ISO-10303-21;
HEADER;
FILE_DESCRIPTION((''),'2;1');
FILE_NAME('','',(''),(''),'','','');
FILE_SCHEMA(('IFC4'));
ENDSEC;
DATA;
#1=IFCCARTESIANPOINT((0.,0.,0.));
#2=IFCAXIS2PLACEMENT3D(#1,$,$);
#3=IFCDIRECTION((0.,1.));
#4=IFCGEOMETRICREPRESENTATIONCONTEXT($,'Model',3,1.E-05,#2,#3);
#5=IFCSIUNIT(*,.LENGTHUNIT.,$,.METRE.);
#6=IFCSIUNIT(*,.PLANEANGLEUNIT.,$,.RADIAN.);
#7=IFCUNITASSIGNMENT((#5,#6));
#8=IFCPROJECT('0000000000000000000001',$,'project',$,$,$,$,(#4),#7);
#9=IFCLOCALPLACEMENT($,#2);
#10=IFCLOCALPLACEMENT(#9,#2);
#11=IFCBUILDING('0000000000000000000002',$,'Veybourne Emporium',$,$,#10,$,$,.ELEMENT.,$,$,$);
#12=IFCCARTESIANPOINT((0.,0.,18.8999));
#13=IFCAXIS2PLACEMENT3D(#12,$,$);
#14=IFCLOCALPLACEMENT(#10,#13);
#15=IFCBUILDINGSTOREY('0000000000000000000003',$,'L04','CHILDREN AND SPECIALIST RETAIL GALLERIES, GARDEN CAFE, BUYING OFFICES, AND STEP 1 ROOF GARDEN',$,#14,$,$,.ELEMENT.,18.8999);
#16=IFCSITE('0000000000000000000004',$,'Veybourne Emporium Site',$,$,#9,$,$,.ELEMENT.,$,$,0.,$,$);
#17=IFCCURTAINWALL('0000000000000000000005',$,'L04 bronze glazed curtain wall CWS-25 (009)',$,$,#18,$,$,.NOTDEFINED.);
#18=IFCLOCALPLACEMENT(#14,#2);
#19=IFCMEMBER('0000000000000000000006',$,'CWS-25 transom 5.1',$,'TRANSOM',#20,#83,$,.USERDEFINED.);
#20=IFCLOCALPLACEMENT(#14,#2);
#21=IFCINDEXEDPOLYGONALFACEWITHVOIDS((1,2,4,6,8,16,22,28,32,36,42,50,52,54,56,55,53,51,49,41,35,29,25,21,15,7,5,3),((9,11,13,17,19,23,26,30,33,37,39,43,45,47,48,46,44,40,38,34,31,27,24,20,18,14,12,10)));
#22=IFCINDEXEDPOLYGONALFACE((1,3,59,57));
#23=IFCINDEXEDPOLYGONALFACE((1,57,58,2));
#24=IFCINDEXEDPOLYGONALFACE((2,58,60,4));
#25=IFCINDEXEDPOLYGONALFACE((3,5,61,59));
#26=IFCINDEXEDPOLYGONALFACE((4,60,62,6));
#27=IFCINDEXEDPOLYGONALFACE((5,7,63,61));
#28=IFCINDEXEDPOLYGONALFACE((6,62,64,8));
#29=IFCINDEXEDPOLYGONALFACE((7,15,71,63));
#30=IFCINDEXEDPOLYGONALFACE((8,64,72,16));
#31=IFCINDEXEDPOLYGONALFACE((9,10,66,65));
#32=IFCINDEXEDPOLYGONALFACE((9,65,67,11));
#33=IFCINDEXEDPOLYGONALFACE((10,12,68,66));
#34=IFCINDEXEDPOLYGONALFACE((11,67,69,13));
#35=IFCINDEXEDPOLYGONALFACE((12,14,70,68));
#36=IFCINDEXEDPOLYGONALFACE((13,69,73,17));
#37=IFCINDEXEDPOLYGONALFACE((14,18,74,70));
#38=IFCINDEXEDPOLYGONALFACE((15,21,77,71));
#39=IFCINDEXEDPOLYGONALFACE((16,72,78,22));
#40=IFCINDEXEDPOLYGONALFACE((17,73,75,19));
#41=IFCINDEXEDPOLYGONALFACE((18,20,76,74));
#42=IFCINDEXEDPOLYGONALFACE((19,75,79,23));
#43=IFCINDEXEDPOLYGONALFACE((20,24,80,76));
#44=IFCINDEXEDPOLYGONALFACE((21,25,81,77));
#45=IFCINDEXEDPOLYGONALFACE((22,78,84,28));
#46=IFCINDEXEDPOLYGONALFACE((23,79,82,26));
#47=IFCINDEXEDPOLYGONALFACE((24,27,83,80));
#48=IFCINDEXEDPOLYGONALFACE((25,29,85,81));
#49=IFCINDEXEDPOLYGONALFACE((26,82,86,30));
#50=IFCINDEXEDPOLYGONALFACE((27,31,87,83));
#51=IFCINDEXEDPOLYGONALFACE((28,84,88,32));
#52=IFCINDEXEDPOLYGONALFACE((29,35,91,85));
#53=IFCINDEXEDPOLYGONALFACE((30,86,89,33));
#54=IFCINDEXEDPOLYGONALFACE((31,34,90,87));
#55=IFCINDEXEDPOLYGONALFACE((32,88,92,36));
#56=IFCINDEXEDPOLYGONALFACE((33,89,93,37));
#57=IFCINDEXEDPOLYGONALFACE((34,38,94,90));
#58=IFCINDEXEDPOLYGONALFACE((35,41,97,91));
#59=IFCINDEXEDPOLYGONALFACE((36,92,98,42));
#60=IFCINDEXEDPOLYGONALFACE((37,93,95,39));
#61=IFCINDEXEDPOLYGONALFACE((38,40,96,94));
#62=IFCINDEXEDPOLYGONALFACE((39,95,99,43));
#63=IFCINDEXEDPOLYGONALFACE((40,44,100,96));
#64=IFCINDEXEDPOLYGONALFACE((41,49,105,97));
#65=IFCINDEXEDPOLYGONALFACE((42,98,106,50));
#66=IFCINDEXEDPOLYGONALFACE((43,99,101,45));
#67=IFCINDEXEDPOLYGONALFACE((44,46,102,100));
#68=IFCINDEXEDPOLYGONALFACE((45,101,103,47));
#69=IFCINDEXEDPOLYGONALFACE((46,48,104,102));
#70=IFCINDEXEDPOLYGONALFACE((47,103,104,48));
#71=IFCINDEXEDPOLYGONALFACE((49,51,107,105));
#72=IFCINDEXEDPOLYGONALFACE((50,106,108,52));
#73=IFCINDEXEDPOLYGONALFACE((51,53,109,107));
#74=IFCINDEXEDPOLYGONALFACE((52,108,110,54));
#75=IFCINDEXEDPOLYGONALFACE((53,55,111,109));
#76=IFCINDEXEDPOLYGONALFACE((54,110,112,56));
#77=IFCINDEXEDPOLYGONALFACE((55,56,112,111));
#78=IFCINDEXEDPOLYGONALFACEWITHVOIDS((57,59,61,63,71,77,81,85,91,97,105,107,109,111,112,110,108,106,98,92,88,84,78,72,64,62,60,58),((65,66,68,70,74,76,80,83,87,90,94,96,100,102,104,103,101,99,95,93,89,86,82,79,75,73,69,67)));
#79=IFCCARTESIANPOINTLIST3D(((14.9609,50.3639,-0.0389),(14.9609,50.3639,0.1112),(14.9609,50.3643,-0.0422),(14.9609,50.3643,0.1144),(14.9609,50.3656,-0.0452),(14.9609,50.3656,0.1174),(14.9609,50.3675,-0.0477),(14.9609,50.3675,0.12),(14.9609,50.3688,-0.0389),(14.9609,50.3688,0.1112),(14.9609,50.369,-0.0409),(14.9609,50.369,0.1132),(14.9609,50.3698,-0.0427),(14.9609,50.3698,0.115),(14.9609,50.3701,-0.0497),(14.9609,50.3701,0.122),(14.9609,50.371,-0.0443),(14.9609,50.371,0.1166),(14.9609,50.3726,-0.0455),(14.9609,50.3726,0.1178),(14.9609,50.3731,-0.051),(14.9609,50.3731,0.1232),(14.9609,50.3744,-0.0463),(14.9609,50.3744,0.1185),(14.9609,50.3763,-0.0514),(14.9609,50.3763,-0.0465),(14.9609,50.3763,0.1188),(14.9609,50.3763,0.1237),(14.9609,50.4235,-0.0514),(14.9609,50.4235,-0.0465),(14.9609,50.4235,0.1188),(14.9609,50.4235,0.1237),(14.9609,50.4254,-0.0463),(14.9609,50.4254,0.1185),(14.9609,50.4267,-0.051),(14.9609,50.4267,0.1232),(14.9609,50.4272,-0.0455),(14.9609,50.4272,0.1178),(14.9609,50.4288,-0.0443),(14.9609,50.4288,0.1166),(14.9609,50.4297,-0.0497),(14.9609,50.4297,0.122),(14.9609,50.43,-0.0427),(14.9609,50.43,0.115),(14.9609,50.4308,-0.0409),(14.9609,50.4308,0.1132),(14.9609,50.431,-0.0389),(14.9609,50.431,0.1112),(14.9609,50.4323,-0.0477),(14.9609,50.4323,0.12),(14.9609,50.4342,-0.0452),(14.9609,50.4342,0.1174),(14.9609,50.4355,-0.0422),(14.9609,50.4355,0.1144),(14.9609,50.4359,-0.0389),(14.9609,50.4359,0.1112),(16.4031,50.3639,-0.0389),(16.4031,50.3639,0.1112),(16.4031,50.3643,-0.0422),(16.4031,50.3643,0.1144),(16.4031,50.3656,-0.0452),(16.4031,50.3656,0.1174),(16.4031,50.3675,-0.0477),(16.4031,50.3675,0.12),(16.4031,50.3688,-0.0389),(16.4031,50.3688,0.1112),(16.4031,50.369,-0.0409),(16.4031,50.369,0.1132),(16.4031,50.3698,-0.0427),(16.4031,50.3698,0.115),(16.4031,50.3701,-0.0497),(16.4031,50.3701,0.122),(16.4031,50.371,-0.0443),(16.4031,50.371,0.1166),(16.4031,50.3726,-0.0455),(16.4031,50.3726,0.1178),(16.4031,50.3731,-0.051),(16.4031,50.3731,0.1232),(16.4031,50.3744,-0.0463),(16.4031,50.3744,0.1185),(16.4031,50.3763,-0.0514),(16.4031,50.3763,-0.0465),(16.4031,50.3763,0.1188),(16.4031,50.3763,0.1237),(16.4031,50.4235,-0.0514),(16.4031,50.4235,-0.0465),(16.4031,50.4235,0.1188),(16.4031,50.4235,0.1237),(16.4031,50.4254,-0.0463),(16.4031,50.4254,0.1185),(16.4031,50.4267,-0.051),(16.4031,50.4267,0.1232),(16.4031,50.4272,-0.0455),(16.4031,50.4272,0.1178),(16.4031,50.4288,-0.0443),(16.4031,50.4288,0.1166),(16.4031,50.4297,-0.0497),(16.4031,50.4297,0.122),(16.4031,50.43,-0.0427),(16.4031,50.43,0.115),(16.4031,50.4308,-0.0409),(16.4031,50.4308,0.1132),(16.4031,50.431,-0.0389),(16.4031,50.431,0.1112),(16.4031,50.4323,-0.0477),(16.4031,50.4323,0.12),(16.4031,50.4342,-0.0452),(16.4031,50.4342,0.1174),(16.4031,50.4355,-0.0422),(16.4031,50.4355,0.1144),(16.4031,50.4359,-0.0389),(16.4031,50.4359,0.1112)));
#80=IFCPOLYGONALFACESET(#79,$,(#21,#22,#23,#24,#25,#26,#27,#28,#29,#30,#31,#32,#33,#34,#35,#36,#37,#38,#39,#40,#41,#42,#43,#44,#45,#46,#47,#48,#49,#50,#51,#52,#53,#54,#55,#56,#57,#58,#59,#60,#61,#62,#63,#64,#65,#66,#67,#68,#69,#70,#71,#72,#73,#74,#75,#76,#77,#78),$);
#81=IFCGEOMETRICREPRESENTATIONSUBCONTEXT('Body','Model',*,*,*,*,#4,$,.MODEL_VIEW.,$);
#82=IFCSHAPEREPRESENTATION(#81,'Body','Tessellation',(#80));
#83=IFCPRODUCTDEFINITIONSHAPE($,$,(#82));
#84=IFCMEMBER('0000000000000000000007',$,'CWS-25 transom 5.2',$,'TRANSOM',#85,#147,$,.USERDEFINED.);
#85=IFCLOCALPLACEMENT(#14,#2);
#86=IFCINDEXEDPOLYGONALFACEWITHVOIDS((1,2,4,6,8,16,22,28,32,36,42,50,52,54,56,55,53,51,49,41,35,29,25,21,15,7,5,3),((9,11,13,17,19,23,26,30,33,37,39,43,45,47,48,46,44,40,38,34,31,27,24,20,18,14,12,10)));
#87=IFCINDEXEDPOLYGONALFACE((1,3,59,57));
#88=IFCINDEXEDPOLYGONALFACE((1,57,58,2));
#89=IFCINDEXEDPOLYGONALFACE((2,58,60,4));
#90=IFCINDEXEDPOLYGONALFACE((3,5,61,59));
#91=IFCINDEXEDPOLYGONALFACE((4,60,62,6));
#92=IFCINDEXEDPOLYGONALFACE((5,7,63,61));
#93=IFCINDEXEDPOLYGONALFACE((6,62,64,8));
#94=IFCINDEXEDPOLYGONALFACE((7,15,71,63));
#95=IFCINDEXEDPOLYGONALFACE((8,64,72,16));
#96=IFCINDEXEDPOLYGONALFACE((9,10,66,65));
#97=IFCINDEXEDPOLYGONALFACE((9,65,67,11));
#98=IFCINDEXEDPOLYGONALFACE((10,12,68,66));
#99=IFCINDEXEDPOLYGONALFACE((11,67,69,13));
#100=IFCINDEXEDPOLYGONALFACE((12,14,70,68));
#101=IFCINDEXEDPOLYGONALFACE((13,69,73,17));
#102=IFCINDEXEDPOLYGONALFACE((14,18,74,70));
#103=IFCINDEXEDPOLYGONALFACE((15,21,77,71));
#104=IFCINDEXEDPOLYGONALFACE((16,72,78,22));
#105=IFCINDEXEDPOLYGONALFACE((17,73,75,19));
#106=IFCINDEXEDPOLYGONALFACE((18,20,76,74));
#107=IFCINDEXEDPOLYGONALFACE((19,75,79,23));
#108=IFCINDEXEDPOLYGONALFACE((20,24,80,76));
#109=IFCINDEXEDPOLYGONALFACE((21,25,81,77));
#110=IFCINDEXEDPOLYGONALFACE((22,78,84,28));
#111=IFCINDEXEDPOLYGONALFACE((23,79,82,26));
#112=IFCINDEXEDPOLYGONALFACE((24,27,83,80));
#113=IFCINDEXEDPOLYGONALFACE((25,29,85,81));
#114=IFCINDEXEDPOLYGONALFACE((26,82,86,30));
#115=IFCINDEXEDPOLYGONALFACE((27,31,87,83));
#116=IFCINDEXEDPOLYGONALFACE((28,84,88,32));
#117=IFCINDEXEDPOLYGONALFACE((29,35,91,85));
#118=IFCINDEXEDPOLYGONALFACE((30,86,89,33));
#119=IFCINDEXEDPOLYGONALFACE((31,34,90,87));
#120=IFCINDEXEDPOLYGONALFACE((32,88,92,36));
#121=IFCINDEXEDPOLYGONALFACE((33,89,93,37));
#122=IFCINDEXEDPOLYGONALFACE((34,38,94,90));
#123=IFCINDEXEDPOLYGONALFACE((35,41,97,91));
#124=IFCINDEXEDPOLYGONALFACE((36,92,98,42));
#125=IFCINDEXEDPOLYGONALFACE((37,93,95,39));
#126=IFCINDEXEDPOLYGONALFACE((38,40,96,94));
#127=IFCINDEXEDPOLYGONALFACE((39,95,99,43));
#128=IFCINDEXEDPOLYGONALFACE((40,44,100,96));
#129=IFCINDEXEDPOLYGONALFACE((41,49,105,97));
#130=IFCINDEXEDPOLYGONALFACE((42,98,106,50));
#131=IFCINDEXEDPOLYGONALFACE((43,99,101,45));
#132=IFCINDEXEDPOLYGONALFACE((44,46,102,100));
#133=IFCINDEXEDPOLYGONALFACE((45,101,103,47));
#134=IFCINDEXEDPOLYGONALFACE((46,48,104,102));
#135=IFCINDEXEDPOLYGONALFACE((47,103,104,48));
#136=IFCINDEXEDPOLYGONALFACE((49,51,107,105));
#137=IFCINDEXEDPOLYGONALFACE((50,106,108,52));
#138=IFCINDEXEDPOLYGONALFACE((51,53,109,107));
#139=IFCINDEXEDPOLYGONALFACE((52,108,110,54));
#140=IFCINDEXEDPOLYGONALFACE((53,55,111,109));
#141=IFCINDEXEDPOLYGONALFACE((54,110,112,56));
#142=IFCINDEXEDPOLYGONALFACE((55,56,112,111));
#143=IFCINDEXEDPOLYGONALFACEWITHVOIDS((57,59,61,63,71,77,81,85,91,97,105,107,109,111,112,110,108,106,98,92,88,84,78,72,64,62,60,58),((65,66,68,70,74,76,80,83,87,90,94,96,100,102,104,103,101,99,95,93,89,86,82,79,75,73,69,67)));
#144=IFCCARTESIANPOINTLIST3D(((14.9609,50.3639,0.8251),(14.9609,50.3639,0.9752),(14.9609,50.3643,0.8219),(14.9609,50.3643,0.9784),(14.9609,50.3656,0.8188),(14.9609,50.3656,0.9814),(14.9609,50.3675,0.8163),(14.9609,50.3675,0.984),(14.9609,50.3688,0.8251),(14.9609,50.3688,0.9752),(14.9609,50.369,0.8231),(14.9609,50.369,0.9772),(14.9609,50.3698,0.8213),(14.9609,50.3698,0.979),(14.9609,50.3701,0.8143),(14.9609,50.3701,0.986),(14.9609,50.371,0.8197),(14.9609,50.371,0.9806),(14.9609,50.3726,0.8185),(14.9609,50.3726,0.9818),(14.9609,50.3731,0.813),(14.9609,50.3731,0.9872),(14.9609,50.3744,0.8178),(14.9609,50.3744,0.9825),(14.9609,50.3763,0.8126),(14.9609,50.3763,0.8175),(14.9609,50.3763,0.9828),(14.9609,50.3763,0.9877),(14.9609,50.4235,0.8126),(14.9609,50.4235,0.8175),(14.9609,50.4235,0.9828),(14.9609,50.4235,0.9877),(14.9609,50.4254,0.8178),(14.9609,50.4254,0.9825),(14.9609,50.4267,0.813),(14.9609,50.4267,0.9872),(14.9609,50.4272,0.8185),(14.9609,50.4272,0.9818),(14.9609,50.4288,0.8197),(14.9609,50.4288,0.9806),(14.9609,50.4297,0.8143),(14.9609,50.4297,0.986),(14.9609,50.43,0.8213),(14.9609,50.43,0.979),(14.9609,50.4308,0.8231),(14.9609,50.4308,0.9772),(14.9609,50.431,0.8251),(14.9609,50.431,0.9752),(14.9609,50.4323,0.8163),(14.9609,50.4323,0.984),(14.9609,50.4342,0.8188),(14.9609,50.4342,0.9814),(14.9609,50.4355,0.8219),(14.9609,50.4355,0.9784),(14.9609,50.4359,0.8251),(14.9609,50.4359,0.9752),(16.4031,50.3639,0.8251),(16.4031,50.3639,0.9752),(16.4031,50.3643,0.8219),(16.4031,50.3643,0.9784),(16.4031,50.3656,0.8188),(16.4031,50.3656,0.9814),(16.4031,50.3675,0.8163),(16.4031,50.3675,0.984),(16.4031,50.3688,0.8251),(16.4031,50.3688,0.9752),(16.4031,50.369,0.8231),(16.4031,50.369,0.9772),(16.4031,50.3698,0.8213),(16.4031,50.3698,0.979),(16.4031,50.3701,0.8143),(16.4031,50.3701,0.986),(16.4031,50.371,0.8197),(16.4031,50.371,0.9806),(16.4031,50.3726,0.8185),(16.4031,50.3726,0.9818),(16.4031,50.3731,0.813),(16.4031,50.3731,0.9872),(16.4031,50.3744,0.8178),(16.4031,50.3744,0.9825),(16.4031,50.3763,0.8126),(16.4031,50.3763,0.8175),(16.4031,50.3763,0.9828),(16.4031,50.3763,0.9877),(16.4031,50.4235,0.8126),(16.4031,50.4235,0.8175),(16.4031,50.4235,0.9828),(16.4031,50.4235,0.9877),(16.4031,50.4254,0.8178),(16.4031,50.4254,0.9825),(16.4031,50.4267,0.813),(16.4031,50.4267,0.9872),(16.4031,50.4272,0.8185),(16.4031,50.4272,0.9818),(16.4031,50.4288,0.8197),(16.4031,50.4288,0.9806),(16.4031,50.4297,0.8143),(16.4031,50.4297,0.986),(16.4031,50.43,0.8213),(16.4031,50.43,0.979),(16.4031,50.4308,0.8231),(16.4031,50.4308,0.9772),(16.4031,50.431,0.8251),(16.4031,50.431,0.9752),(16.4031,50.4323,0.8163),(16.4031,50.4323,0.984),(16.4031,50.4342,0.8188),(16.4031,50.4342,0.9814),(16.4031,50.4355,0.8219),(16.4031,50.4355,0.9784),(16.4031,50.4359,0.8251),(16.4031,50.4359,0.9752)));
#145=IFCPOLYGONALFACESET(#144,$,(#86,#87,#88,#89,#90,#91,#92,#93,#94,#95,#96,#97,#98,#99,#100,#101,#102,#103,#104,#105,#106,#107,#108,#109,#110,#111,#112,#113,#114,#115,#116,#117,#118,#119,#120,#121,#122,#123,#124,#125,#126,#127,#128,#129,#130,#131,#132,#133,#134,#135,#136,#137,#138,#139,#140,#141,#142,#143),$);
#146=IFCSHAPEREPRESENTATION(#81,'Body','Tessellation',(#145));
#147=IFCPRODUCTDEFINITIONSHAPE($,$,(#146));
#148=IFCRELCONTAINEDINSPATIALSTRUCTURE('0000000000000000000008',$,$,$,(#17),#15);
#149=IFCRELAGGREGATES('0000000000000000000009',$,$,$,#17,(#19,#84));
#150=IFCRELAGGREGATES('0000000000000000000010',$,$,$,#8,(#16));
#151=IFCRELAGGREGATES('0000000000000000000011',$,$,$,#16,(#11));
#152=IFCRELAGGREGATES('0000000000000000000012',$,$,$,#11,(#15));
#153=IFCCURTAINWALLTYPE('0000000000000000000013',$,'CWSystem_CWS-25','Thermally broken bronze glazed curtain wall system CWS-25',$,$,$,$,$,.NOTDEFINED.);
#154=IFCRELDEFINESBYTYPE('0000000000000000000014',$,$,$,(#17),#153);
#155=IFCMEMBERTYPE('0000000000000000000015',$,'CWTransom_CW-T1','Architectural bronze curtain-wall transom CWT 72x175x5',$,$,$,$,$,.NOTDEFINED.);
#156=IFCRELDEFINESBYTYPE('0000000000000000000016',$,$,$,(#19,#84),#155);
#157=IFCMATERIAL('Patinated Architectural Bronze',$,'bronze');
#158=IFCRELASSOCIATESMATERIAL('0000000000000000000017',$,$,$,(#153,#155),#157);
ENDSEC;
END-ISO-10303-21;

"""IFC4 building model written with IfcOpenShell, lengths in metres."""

from ifc_helpers import new_model, si_unit, direction, frame, origin, origin_2d, place, context, subcontext, project, spatial, hollow_rectangle, extrude, material, material_profile, profile_set, type_object, element, aggregate, save


model = new_model("IFC4")

# Units and contexts
model_context = context("Model", 3, precision=1e-05, world=origin(), true_north=direction((0.0, 1.0)))
body_context = subcontext(model_context, "Body", "Model", "MODEL_VIEW")
ifc_project = project(units=[si_unit("LENGTHUNIT", "METRE"), si_unit("PLANEANGLEUNIT", "RADIAN")], contexts=[model_context])

# Site, building, storey
site_placement = place(None, origin())
site = spatial("IfcSite", under=ifc_project, at=site_placement, Name="Veybourne Emporium Site", CompositionType="ELEMENT", RefElevation=0.0)
building_placement = place(site_placement, origin())
building = spatial("IfcBuilding", under=site, at=building_placement, Name="Veybourne Emporium", CompositionType="ELEMENT")
storey_placement = place(building_placement, frame((0.0, 0.0, 18.8999)))
storey = spatial("IfcBuildingStorey", under=building, at=storey_placement, Name="L04", Description="CHILDREN AND SPECIALIST RETAIL GALLERIES, GARDEN CAFE, BUYING OFFICES, AND STEP 1 ROOF GARDEN", CompositionType="ELEMENT", Elevation=18.8999)

# Curtain wall, members
ifc_material_1 = material(Name="Patinated Architectural Bronze", Category="bronze")
curtain_wall_type = type_object("IfcCurtainWallType", Name="CWSystem_CWS-25", Description="Thermally broken bronze glazed curtain wall system CWS-25", PredefinedType="NOTDEFINED", material=ifc_material_1)
curtain_wall_placement = place(storey_placement, origin())
curtain_wall = element("IfcCurtainWall", 1, at=curtain_wall_placement, inside=storey, type_object=curtain_wall_type, Name="L04 bronze glazed curtain wall CWS-25 (009)", PredefinedType="NOTDEFINED")
ifc_material_profile_1 = material_profile(ifc_material_1, hollow_rectangle(XDim=0.072, YDim=0.175, WallThickness=0.0049, InnerFilletRadius=0.0076, OuterFilletRadius=0.0125, at=origin_2d()), Name="CWT 72x175x5")
ifc_profile_set_1 = profile_set([ifc_material_profile_1], Name="Patinated Architectural Bronze")
member_type_1 = type_object("IfcMemberType", Name="CWTransom_CW-T1", Description="Architectural bronze curtain-wall transom CWT 72x175x5", PredefinedType="NOTDEFINED", material=ifc_profile_set_1)
member_1_placement = place(storey_placement, frame((14.9609, 50.3999, 0.0361), z_axis=(1.0, 0.0, 0.0), x_axis=(0.0, 1.0, 0.0)))
member_1 = element("IfcMember", 2, at=member_1_placement, type_object=member_type_1, Name="CWS-25 transom 5.1", ObjectType="TRANSOM", PredefinedType="USERDEFINED", context=body_context, shape_type="SweptSolid", body=[
    extrude(hollow_rectangle(XDim=0.072, YDim=0.175, WallThickness=0.0049, InnerFilletRadius=0.0076, OuterFilletRadius=0.0125, at=origin_2d()), origin(), (0.0, 0.0, 1.0), 1.4421),
])
member_2_placement = place(storey_placement, frame((14.9609, 50.3999, 0.9001), z_axis=(1.0, 0.0, 0.0), x_axis=(0.0, 1.0, 0.0)))
member_2 = element("IfcMember", 3, at=member_2_placement, type_object=member_type_1, Name="CWS-25 transom 5.2", ObjectType="TRANSOM", PredefinedType="USERDEFINED", context=body_context, shape_type="SweptSolid", body=[
    extrude(hollow_rectangle(XDim=0.072, YDim=0.175, WallThickness=0.0049, InnerFilletRadius=0.0076, OuterFilletRadius=0.0125, at=origin_2d()), origin(), (0.0, 0.0, 1.0), 1.4421),
])

aggregate(curtain_wall, [member_1, member_2])

save(model, "model.ifc")
